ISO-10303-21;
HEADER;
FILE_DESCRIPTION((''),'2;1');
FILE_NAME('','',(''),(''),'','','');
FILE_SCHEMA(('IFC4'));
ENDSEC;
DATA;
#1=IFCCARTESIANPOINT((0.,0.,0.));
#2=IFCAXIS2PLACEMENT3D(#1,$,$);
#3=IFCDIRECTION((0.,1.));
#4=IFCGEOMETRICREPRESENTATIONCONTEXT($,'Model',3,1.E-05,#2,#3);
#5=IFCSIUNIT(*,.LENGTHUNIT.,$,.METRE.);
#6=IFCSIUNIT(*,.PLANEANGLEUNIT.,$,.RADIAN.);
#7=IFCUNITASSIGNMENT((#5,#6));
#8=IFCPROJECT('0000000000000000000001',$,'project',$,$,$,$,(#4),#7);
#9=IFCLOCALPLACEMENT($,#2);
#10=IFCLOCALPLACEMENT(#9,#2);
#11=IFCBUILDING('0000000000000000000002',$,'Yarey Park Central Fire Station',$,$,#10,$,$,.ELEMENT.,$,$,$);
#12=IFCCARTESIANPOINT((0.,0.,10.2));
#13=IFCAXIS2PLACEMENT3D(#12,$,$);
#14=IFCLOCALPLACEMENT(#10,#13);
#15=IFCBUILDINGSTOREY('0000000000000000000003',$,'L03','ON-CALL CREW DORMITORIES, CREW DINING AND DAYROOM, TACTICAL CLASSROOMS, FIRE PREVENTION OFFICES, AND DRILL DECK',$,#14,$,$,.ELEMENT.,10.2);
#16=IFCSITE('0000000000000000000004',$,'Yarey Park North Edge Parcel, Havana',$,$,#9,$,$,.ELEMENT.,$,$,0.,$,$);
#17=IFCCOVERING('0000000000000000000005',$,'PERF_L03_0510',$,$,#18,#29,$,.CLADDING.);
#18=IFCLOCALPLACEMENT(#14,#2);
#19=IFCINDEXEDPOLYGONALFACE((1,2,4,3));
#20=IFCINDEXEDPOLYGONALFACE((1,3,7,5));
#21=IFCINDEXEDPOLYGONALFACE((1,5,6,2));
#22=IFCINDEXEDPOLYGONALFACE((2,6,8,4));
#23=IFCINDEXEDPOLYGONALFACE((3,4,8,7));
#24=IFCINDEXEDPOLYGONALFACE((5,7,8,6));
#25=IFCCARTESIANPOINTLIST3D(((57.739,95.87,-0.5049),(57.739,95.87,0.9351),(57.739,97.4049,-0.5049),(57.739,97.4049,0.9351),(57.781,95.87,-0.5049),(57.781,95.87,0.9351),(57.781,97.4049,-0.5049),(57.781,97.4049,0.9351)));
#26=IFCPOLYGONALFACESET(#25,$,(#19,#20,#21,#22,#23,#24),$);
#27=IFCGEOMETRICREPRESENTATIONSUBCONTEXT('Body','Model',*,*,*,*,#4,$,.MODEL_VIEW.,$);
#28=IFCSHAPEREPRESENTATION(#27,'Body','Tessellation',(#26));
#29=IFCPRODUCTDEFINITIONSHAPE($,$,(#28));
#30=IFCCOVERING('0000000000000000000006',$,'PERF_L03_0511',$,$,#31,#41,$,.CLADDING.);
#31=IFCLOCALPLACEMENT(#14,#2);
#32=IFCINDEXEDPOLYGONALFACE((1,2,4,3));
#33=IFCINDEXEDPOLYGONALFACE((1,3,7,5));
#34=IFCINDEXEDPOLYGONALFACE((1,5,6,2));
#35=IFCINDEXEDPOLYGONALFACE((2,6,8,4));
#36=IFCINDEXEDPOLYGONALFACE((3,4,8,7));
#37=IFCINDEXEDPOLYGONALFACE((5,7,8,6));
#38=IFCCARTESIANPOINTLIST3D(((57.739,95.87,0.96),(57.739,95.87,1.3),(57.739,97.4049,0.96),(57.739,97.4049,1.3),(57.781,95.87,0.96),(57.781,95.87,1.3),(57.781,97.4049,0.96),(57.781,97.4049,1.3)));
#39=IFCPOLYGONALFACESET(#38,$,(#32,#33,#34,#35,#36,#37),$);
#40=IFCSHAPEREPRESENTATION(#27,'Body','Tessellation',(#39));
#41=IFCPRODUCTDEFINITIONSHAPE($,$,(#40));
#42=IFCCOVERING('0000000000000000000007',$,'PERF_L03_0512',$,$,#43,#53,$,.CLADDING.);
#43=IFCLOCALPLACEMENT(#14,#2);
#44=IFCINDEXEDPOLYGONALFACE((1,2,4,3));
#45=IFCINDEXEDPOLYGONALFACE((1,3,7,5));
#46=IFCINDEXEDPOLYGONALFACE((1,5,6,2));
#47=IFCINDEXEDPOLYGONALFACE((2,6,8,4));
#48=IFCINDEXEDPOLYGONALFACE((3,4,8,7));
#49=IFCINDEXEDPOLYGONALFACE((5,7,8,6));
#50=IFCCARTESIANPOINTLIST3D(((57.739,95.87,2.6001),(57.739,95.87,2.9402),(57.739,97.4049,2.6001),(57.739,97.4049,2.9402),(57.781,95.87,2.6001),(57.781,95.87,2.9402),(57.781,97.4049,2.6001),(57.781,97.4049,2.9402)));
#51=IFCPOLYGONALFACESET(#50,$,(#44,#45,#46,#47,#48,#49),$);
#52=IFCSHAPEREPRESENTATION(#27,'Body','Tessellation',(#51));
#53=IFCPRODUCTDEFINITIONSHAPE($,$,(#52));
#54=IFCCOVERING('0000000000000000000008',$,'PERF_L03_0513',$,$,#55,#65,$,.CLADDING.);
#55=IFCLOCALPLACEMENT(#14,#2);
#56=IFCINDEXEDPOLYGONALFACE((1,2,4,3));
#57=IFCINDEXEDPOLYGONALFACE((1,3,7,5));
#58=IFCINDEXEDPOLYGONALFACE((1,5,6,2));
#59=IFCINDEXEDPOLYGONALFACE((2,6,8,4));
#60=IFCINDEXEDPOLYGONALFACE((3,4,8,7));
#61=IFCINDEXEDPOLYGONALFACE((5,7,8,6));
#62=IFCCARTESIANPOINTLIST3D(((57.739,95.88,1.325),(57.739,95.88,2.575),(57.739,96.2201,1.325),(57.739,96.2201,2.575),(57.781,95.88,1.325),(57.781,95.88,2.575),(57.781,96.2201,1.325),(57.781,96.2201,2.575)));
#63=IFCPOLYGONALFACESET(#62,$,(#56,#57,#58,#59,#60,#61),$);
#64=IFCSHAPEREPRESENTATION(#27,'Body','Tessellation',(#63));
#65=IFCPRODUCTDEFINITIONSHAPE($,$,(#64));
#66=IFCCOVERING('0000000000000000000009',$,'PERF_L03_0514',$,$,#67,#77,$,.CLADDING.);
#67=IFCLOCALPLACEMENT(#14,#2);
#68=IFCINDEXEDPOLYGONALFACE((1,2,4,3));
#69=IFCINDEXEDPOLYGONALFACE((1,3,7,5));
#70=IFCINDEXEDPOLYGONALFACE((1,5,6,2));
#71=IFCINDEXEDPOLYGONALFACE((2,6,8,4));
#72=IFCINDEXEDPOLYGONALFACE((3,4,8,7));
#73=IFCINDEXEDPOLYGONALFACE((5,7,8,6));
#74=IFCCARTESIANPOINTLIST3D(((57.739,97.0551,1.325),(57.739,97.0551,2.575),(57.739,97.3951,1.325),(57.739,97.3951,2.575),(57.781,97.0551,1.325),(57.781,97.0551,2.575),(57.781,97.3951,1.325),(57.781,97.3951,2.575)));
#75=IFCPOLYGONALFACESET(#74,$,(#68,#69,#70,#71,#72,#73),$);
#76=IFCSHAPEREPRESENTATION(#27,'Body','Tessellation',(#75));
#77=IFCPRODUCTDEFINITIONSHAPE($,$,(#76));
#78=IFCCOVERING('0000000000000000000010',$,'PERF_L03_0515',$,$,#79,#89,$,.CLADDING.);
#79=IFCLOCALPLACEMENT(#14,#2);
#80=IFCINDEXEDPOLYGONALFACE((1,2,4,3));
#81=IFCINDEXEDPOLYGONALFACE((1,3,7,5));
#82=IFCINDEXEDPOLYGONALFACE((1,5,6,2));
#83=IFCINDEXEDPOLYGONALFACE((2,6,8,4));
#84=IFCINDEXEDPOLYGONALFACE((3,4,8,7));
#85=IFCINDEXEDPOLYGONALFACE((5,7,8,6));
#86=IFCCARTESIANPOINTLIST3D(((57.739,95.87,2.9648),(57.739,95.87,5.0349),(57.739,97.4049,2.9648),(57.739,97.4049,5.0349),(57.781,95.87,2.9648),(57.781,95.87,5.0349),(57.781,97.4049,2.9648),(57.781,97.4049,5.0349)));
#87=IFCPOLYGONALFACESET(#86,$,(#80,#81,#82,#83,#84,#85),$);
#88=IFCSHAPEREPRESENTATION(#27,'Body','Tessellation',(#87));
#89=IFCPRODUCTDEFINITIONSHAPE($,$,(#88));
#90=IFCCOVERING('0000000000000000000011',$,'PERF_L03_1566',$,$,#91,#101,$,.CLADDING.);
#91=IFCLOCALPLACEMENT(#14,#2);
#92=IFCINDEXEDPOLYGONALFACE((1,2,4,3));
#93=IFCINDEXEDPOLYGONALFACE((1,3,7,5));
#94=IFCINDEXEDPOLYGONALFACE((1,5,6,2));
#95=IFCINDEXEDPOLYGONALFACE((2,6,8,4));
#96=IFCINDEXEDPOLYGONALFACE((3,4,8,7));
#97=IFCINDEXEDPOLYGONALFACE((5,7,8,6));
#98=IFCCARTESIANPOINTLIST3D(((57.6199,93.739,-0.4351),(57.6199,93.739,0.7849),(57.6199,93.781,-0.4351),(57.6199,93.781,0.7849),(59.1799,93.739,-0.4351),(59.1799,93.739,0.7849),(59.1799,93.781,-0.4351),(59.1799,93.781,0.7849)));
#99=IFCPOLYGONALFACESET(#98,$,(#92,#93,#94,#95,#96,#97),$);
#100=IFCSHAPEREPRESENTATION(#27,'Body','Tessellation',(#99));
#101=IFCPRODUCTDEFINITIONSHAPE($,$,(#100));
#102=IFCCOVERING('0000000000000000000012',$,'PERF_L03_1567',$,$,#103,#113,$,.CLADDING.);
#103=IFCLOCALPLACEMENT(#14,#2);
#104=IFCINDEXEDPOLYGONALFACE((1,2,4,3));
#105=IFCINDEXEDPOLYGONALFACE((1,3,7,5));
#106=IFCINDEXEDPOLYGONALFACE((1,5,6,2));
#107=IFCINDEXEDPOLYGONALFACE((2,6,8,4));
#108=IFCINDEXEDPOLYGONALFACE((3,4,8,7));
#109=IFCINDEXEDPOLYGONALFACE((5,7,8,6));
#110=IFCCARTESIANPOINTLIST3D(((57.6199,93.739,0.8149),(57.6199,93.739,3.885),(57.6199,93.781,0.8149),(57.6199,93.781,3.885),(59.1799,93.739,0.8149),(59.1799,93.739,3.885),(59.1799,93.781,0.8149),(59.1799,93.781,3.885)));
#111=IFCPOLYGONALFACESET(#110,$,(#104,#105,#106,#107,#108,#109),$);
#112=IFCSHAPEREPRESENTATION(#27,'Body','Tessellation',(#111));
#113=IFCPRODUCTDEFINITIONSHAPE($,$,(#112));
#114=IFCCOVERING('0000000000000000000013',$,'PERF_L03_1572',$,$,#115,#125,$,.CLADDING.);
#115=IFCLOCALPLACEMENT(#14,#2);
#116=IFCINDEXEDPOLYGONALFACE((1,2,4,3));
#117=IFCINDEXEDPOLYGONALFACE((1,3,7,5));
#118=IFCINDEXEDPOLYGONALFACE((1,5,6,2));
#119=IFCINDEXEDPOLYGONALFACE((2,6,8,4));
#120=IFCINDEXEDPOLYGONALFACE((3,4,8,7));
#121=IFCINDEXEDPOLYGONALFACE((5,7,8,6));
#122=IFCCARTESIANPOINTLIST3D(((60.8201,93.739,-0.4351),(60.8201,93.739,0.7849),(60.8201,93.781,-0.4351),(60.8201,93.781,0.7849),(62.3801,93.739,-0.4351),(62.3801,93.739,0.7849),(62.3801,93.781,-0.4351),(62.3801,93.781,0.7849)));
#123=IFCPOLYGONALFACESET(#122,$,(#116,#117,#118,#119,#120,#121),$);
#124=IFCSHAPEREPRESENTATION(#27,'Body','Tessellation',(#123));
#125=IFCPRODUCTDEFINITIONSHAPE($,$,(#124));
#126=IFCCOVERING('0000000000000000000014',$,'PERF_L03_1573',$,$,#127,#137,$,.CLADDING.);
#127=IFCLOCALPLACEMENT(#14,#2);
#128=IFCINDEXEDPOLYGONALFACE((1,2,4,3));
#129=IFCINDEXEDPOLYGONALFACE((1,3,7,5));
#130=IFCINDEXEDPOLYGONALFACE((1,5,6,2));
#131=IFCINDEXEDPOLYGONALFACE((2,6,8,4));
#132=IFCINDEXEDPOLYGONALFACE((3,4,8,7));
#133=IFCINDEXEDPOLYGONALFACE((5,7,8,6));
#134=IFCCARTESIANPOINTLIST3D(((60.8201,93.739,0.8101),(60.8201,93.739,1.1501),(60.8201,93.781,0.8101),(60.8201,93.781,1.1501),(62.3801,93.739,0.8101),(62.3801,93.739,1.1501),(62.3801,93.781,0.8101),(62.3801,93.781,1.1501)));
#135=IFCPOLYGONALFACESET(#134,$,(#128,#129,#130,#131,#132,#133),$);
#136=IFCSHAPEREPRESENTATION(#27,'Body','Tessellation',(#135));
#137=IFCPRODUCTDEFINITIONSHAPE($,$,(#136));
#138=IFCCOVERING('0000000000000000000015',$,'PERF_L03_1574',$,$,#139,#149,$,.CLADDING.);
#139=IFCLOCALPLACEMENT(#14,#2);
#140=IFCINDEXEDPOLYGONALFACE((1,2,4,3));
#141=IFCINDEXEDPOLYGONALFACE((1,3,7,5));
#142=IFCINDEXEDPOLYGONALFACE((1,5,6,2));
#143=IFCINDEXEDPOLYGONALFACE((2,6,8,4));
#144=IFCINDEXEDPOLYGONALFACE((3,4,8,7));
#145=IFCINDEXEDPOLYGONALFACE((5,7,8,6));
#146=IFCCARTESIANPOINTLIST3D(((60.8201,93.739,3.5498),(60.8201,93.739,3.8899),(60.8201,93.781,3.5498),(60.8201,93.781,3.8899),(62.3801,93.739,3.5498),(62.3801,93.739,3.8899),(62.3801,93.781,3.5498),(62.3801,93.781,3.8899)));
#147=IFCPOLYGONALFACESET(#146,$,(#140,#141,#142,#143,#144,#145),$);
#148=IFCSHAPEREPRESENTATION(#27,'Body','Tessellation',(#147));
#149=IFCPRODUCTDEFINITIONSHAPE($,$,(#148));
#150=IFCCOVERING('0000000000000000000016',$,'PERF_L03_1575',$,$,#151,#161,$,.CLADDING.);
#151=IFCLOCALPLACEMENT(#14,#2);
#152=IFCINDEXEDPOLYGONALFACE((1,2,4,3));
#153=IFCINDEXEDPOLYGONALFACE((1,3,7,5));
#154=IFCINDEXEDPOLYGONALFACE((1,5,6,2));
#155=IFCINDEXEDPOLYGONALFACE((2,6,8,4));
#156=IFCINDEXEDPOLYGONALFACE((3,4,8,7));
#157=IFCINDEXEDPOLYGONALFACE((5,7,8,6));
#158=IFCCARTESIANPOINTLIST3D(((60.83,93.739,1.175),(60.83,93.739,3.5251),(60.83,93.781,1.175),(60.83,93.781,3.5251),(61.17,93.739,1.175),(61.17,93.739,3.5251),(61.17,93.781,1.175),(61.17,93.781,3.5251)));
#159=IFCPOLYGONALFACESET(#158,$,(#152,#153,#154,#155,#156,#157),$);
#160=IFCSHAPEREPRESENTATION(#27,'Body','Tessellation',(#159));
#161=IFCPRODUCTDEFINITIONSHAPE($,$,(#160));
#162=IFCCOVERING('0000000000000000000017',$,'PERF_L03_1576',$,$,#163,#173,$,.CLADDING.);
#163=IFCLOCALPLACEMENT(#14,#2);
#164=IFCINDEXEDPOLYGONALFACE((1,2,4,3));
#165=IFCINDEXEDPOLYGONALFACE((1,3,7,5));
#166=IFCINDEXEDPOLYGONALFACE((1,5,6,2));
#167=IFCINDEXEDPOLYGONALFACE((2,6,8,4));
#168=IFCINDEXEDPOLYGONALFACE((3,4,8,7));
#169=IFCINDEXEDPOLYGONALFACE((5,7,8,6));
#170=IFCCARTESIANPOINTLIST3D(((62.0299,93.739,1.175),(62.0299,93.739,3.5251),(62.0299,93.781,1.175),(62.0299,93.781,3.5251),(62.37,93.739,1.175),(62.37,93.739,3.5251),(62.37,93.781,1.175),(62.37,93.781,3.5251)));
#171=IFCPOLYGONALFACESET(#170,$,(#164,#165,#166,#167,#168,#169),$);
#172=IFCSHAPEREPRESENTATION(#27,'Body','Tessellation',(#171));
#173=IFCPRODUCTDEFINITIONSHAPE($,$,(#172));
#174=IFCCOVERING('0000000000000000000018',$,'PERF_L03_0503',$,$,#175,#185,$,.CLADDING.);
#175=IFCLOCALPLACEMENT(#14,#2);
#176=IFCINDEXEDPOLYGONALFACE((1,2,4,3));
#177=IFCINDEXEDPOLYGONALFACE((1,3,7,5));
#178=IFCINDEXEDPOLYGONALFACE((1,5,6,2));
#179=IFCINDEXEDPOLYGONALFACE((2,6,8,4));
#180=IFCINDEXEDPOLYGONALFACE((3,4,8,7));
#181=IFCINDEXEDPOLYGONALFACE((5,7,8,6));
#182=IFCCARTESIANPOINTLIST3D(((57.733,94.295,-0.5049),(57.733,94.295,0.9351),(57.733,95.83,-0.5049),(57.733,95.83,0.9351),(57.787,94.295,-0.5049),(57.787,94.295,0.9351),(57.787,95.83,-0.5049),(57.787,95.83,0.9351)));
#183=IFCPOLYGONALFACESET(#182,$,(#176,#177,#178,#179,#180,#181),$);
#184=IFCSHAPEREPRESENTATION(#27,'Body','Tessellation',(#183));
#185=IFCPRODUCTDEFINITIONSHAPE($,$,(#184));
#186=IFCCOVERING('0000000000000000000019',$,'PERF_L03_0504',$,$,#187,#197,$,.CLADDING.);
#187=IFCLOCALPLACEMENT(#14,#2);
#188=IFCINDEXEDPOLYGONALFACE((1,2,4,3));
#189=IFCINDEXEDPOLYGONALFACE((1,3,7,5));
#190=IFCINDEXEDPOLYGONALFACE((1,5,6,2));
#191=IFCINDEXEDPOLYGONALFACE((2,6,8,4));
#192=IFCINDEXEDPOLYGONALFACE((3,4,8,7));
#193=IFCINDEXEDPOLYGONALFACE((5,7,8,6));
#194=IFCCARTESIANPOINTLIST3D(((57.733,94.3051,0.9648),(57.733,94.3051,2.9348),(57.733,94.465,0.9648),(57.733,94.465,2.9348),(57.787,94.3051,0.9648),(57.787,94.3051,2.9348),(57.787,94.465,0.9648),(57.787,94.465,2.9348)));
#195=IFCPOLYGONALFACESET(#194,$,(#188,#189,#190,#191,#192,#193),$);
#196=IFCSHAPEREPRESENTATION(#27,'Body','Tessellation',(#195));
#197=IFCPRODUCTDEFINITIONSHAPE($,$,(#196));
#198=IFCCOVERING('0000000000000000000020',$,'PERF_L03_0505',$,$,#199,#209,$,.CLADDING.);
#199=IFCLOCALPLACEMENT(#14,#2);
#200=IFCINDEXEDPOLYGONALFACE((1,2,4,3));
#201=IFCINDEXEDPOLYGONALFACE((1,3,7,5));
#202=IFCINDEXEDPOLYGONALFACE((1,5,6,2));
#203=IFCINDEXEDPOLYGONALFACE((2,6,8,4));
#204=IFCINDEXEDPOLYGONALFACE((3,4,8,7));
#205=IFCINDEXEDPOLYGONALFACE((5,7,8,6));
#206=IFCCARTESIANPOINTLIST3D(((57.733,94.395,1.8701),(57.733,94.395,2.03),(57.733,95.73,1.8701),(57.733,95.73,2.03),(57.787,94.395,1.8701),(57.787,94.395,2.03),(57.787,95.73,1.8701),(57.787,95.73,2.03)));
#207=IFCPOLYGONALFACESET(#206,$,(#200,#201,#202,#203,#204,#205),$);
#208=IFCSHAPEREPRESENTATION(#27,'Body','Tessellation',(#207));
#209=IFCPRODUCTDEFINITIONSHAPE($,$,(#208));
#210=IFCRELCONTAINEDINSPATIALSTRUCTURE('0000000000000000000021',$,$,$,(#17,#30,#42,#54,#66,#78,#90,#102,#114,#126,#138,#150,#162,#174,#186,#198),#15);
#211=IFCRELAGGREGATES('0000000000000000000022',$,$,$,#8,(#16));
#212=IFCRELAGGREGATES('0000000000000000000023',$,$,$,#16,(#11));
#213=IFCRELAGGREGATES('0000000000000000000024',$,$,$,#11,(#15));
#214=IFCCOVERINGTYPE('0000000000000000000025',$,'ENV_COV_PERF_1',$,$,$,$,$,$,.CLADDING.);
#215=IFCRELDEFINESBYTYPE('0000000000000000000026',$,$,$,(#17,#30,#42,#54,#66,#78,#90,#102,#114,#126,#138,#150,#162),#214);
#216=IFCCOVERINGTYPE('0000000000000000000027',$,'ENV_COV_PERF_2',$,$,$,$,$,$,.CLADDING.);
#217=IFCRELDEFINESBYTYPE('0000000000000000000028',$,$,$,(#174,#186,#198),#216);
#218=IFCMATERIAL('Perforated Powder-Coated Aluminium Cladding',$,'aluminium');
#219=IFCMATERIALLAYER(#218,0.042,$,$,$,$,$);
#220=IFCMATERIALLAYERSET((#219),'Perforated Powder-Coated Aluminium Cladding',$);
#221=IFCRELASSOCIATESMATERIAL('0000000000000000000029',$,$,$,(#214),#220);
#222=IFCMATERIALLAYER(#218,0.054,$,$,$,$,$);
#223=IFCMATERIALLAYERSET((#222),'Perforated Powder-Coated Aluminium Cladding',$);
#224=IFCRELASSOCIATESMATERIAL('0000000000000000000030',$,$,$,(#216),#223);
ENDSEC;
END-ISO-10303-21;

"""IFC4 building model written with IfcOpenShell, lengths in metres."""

from ifc_helpers import new_model, si_unit, direction, frame, origin, origin_2d, place, context, subcontext, project, spatial, rectangle, extrude, material, layer, layer_set, type_object, element, save


model = new_model("IFC4")

# Units and contexts
model_context = context("Model", 3, precision=1e-05, world=origin(), true_north=direction((0.0, 1.0)))
body_context = subcontext(model_context, "Body", "Model", "MODEL_VIEW")
ifc_project = project(units=[si_unit("LENGTHUNIT", "METRE"), si_unit("PLANEANGLEUNIT", "RADIAN")], contexts=[model_context])

# Site, building, storey
site_placement = place(None, origin())
site = spatial("IfcSite", under=ifc_project, at=site_placement, Name="Yarey Park North Edge Parcel, Havana", CompositionType="ELEMENT", RefElevation=0.0)
building_placement = place(site_placement, origin())
building = spatial("IfcBuilding", under=site, at=building_placement, Name="Yarey Park Central Fire Station", CompositionType="ELEMENT")
storey_placement = place(building_placement, frame((0.0, 0.0, 10.2)))
storey = spatial("IfcBuildingStorey", under=building, at=storey_placement, Name="L03", Description="ON-CALL CREW DORMITORIES, CREW DINING AND DAYROOM, TACTICAL CLASSROOMS, FIRE PREVENTION OFFICES, AND DRILL DECK", CompositionType="ELEMENT", Elevation=10.2)

# Coverings
ifc_material_1 = material(Name="Perforated Powder-Coated Aluminium Cladding", Category="aluminium")
ifc_layer_1 = layer(ifc_material_1, 0.042)
ifc_layer_set_1 = layer_set([ifc_layer_1], Name="Perforated Powder-Coated Aluminium Cladding")
covering_type_1 = type_object("IfcCoveringType", Name="ENV_COV_PERF_1", PredefinedType="CLADDING", material=ifc_layer_set_1)
covering_1_placement = place(storey_placement, frame((57.76, 96.6375, -0.5049), z_axis=(0.0, 0.0, 1.0), x_axis=(0.0, 1.0, 0.0)))
element("IfcCovering", 1, at=covering_1_placement, inside=storey, type_object=covering_type_1, Name="PERF_L03_0510", PredefinedType="CLADDING", context=body_context, shape_type="SweptSolid", body=[
    extrude(rectangle(XDim=1.5349, YDim=0.042, at=origin_2d()), origin(), (0.0, 0.0, 1.0), 1.4399),
])
for number, where, z_axis, x_axis, name in (
    (2, (57.76, 96.6375, 0.96), (0.0, 0.0, 1.0), (0.0, 1.0, 0.0), "PERF_L03_0511"),
    (3, (57.76, 96.6375, 2.6001), (0.0, 0.0, 1.0), (0.0, 1.0, 0.0), "PERF_L03_0512"),
):
    element("IfcCovering", number, at=place(storey_placement, frame(where, z_axis=z_axis, x_axis=x_axis)), inside=storey, type_object=covering_type_1, Name=name, PredefinedType="CLADDING", context=body_context, shape_type="SweptSolid", body=[
        extrude(rectangle(XDim=1.5349, YDim=0.042, at=origin_2d()), origin(), (0.0, 0.0, 1.0), 0.3401),
    ])
for number, where, z_axis, x_axis, name in (
    (4, (57.76, 96.05, 1.325), (0.0, 0.0, 1.0), (0.0, 1.0, 0.0), "PERF_L03_0513"),
    (5, (57.76, 97.2251, 1.325), (0.0, 0.0, 1.0), (0.0, 1.0, 0.0), "PERF_L03_0514"),
):
    element("IfcCovering", number, at=place(storey_placement, frame(where, z_axis=z_axis, x_axis=x_axis)), inside=storey, type_object=covering_type_1, Name=name, PredefinedType="CLADDING", context=body_context, shape_type="SweptSolid", body=[
        extrude(rectangle(XDim=0.3401, YDim=0.042, at=origin_2d()), origin(), (0.0, 0.0, 1.0), 1.25),
    ])
covering_2_placement = place(storey_placement, frame((57.76, 96.6375, 2.9648), z_axis=(0.0, 0.0, 1.0), x_axis=(0.0, 1.0, 0.0)))
element("IfcCovering", 6, at=covering_2_placement, inside=storey, type_object=covering_type_1, Name="PERF_L03_0515", PredefinedType="CLADDING", context=body_context, shape_type="SweptSolid", body=[
    extrude(rectangle(XDim=1.5349, YDim=0.042, at=origin_2d()), origin(), (0.0, 0.0, 1.0), 2.0701),
])
covering_3_placement = place(storey_placement, frame((58.3999, 93.76, -0.4351), z_axis=(0.0, 0.0, 1.0), x_axis=(1.0, 0.0, 0.0)))
element("IfcCovering", 7, at=covering_3_placement, inside=storey, type_object=covering_type_1, Name="PERF_L03_1566", PredefinedType="CLADDING", context=body_context, shape_type="SweptSolid", body=[
    extrude(rectangle(XDim=1.5601, YDim=0.042, at=origin_2d()), origin(), (0.0, 0.0, 1.0), 1.22),
])
covering_4_placement = place(storey_placement, frame((58.3999, 93.76, 0.8149), z_axis=(0.0, 0.0, 1.0), x_axis=(1.0, 0.0, 0.0)))
element("IfcCovering", 8, at=covering_4_placement, inside=storey, type_object=covering_type_1, Name="PERF_L03_1567", PredefinedType="CLADDING", context=body_context, shape_type="SweptSolid", body=[
    extrude(rectangle(XDim=1.5601, YDim=0.042, at=origin_2d()), origin(), (0.0, 0.0, 1.0), 3.0701),
])
covering_5_placement = place(storey_placement, frame((61.6001, 93.76, -0.4351), z_axis=(0.0, 0.0, 1.0), x_axis=(1.0, 0.0, 0.0)))
element("IfcCovering", 9, at=covering_5_placement, inside=storey, type_object=covering_type_1, Name="PERF_L03_1572", PredefinedType="CLADDING", context=body_context, shape_type="SweptSolid", body=[
    extrude(rectangle(XDim=1.5601, YDim=0.042, at=origin_2d()), origin(), (0.0, 0.0, 1.0), 1.22),
])
for number, where, z_axis, x_axis, name in (
    (10, (61.6001, 93.76, 0.8101), (0.0, 0.0, 1.0), (1.0, 0.0, 0.0), "PERF_L03_1573"),
    (11, (61.6001, 93.76, 3.5498), (0.0, 0.0, 1.0), (1.0, 0.0, 0.0), "PERF_L03_1574"),
):
    element("IfcCovering", number, at=place(storey_placement, frame(where, z_axis=z_axis, x_axis=x_axis)), inside=storey, type_object=covering_type_1, Name=name, PredefinedType="CLADDING", context=body_context, shape_type="SweptSolid", body=[
        extrude(rectangle(XDim=1.5601, YDim=0.042, at=origin_2d()), origin(), (0.0, 0.0, 1.0), 0.3401),
    ])
for number, where, z_axis, x_axis, name in (
    (12, (61.0, 93.76, 1.175), (0.0, 0.0, 1.0), (1.0, 0.0, 0.0), "PERF_L03_1575"),
    (13, (62.2, 93.76, 1.175), (0.0, 0.0, 1.0), (1.0, 0.0, 0.0), "PERF_L03_1576"),
):
    element("IfcCovering", number, at=place(storey_placement, frame(where, z_axis=z_axis, x_axis=x_axis)), inside=storey, type_object=covering_type_1, Name=name, PredefinedType="CLADDING", context=body_context, shape_type="SweptSolid", body=[
        extrude(rectangle(XDim=0.3401, YDim=0.042, at=origin_2d()), origin(), (0.0, 0.0, 1.0), 2.3501),
    ])
ifc_layer_2 = layer(ifc_material_1, 0.054)
ifc_layer_set_2 = layer_set([ifc_layer_2], Name="Perforated Powder-Coated Aluminium Cladding")
covering_type_2 = type_object("IfcCoveringType", Name="ENV_COV_PERF_2", PredefinedType="CLADDING", material=ifc_layer_set_2)
covering_6_placement = place(storey_placement, frame((57.76, 95.0625, -0.5049), z_axis=(0.0, 0.0, 1.0), x_axis=(0.0, 1.0, 0.0)))
element("IfcCovering", 14, at=covering_6_placement, inside=storey, type_object=covering_type_2, Name="PERF_L03_0503", PredefinedType="CLADDING", context=body_context, shape_type="SweptSolid", body=[
    extrude(rectangle(XDim=1.5349, YDim=0.054, at=origin_2d()), origin(), (0.0, 0.0, 1.0), 1.4399),
])
covering_7_placement = place(storey_placement, frame((57.76, 94.385, 0.9648), z_axis=(0.0, 0.0, 1.0), x_axis=(0.0, 1.0, 0.0)))
element("IfcCovering", 15, at=covering_7_placement, inside=storey, type_object=covering_type_2, Name="PERF_L03_0504", PredefinedType="CLADDING", context=body_context, shape_type="SweptSolid", body=[
    extrude(rectangle(XDim=0.1599, YDim=0.054, at=origin_2d()), origin(), (0.0, 0.0, 1.0), 1.97),
])
covering_8_placement = place(storey_placement, frame((57.76, 95.0625, 1.8701), z_axis=(0.0, 0.0, 1.0), x_axis=(0.0, 1.0, 0.0)))
element("IfcCovering", 16, at=covering_8_placement, inside=storey, type_object=covering_type_2, Name="PERF_L03_0505", PredefinedType="CLADDING", context=body_context, shape_type="SweptSolid", body=[
    extrude(rectangle(XDim=1.335, YDim=0.054, at=origin_2d()), origin(), (0.0, 0.0, 1.0), 0.1599),
])

save(model, "model.ifc")
